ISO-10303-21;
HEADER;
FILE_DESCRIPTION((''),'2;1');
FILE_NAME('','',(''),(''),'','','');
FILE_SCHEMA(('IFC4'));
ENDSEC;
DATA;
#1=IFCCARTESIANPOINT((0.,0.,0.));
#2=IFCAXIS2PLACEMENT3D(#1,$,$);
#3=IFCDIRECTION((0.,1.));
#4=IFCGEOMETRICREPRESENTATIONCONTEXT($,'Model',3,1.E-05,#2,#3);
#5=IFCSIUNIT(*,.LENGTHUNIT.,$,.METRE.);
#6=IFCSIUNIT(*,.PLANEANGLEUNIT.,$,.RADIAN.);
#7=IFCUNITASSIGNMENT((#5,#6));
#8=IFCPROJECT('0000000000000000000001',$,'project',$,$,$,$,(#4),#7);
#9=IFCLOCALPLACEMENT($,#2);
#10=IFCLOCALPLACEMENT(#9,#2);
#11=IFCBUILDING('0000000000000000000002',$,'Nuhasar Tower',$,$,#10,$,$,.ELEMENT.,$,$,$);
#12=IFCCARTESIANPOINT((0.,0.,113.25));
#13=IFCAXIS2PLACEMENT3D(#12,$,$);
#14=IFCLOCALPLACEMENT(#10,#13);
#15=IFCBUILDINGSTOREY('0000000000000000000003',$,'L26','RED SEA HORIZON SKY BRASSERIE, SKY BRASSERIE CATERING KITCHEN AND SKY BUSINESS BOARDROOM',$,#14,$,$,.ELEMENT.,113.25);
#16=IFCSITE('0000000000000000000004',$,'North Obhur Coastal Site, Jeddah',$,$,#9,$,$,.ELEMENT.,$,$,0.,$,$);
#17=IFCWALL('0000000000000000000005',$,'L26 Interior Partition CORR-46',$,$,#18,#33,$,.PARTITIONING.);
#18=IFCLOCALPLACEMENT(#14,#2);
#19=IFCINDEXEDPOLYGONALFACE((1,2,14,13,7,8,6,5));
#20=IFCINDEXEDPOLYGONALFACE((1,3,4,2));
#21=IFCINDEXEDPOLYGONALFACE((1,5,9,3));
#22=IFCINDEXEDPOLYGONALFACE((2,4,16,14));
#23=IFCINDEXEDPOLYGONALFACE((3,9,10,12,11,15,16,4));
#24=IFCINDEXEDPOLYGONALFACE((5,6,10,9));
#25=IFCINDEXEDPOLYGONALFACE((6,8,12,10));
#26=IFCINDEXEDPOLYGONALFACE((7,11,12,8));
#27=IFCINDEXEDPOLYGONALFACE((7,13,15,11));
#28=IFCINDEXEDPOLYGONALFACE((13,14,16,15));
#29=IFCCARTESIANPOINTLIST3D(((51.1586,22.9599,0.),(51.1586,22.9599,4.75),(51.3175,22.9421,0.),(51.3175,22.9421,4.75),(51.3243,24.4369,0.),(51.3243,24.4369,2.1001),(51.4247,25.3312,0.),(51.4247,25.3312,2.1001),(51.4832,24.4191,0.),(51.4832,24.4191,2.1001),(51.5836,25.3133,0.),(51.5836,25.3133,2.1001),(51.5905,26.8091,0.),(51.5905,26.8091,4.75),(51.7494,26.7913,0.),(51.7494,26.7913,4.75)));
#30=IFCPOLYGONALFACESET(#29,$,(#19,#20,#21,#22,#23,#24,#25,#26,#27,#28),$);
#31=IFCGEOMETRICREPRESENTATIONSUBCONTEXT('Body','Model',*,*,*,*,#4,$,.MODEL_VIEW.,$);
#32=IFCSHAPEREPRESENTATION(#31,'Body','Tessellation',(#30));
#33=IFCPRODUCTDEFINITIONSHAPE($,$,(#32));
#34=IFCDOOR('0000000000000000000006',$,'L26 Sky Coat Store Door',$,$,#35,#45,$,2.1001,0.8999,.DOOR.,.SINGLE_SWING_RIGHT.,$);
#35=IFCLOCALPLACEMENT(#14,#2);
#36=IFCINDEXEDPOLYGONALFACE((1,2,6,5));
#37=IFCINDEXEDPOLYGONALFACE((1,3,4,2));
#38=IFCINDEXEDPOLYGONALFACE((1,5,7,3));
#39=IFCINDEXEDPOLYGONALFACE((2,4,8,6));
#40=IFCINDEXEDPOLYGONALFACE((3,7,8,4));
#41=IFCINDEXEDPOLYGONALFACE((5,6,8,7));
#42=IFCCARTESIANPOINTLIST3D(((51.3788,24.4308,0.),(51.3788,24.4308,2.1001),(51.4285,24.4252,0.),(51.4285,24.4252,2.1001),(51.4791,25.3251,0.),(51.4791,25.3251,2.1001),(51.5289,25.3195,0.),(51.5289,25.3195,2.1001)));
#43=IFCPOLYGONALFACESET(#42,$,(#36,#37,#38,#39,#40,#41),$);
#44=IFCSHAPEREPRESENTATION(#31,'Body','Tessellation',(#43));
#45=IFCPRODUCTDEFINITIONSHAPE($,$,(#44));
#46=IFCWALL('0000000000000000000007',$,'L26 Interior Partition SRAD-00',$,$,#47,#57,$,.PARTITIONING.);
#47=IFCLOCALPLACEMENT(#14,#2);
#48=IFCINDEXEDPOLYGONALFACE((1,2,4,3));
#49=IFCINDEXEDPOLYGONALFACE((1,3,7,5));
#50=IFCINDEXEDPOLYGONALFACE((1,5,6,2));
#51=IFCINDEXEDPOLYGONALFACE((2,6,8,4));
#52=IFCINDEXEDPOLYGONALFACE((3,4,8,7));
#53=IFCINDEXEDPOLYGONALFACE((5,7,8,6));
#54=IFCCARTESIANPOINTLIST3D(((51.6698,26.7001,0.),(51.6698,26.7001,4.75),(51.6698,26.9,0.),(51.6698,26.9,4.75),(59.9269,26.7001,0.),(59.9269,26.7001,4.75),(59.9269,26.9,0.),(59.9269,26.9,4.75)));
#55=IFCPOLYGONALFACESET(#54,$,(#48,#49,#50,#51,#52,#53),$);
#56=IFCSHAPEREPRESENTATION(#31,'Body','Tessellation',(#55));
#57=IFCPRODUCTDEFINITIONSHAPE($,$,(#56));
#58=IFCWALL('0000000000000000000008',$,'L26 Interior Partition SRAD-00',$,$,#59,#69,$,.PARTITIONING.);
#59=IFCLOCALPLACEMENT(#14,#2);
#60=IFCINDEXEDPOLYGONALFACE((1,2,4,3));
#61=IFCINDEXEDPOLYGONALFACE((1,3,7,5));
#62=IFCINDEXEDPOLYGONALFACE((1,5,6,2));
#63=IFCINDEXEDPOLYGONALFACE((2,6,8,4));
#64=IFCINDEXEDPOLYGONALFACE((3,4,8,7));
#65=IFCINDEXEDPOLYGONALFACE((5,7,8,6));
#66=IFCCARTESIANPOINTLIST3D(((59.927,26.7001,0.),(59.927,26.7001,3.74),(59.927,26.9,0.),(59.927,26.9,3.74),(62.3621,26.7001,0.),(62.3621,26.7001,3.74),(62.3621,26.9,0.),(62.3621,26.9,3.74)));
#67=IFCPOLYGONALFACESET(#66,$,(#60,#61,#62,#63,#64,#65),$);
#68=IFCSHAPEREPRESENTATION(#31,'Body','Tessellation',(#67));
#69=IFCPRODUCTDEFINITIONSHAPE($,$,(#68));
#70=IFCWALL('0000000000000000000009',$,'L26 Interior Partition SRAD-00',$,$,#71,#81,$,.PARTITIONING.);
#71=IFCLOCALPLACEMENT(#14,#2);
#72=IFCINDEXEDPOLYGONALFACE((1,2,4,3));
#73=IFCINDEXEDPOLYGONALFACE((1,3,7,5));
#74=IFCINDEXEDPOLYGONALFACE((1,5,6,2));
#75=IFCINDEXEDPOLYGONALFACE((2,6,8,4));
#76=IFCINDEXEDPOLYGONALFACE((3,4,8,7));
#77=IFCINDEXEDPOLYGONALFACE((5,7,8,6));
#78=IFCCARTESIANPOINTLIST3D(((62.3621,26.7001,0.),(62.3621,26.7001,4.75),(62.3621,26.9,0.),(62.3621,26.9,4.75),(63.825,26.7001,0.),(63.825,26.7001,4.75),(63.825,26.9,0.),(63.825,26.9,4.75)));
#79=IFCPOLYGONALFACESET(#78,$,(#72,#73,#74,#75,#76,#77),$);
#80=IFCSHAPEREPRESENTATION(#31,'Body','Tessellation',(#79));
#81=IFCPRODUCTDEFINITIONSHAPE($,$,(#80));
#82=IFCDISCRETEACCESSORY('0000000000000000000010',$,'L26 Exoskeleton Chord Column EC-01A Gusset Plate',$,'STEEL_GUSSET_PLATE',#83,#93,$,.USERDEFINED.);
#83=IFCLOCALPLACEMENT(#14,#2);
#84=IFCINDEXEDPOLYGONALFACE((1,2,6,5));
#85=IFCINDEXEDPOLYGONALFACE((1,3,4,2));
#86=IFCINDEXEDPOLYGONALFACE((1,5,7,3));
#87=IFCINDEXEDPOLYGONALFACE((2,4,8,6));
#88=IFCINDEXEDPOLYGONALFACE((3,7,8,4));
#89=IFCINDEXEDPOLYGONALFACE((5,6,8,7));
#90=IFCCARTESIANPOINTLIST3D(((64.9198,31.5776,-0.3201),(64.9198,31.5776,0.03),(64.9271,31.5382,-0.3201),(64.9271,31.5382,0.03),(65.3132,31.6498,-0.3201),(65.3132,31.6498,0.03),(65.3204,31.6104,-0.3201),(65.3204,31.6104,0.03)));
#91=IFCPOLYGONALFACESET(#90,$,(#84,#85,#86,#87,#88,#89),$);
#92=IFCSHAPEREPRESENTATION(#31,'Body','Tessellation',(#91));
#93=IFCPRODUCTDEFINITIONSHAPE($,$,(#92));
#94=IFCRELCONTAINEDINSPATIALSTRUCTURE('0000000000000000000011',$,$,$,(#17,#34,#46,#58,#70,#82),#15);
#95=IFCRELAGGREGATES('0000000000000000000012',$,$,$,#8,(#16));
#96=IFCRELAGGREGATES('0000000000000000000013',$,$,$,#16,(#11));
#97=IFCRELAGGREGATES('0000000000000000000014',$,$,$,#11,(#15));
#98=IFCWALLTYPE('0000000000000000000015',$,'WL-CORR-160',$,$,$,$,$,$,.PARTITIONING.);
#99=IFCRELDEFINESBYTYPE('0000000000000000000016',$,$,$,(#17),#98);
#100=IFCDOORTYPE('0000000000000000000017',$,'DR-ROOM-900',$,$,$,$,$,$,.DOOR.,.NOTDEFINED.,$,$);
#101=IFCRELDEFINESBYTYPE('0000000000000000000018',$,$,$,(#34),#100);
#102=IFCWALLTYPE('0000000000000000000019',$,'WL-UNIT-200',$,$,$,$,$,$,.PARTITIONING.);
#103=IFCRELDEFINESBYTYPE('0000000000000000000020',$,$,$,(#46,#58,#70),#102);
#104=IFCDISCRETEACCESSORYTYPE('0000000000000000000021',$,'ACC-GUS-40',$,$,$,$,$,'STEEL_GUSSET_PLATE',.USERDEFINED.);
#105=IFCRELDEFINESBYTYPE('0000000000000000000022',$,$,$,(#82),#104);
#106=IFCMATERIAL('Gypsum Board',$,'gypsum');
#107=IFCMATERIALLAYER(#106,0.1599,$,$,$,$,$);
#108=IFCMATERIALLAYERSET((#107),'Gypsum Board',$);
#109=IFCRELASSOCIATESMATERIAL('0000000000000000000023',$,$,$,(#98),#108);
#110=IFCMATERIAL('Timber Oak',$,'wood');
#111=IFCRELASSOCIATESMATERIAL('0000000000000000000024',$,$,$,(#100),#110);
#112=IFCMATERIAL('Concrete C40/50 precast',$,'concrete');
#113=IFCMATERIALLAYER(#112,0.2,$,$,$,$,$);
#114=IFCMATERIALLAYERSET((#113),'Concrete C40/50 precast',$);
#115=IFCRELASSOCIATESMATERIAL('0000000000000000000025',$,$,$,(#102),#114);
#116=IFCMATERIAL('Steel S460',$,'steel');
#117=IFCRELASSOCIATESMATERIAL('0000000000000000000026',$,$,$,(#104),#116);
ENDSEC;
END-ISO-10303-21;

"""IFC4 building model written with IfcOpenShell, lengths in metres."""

from ifc_helpers import new_model, si_unit, direction, frame, frame_2d, origin, origin_2d, place, context, subcontext, project, spatial, rectangle, extrude, material, layer, layer_set, type_object, element, fill, save


model = new_model("IFC4")

# Units and contexts
model_context = context("Model", 3, precision=1e-05, world=origin(), true_north=direction((0.0, 1.0)))
body_context = subcontext(model_context, "Body", "Model", "MODEL_VIEW")
ifc_project = project(units=[si_unit("LENGTHUNIT", "METRE"), si_unit("PLANEANGLEUNIT", "RADIAN")], contexts=[model_context])

# Site, building, storey
site_placement = place(None, origin())
site = spatial("IfcSite", under=ifc_project, at=site_placement, Name="North Obhur Coastal Site, Jeddah", CompositionType="ELEMENT", RefElevation=0.0)
building_placement = place(site_placement, origin())
building = spatial("IfcBuilding", under=site, at=building_placement, Name="Nuhasar Tower", CompositionType="ELEMENT")
storey_placement = place(building_placement, frame((0.0, 0.0, 113.25)))
storey = spatial("IfcBuildingStorey", under=building, at=storey_placement, Name="L26", Description="RED SEA HORIZON SKY BRASSERIE, SKY BRASSERIE CATERING KITCHEN AND SKY BUSINESS BOARDROOM", CompositionType="ELEMENT", Elevation=113.25)

# Shared definitions
ifc_material_1 = material(Name="Steel S460", Category="steel")

# Shared definitions
ifc_material_2 = material(Name="Gypsum Board", Category="gypsum")
ifc_layer_1 = layer(ifc_material_2, 0.1599)
ifc_layer_set_1 = layer_set([ifc_layer_1], Name="Gypsum Board")
wall_type_1 = type_object("IfcWallType", Name="WL-CORR-160", PredefinedType="PARTITIONING", material=ifc_layer_set_1)

# Wall, opening, door
wall_1_placement = place(storey_placement, frame((51.6699, 26.8, 0.0), z_axis=(0.0, 0.0, 1.0), x_axis=(-0.111504, -0.993764, 0.0)))
wall_1 = element("IfcWall", 1, at=wall_1_placement, inside=storey, type_object=wall_type_1, Name="L26 Interior Partition CORR-46", PredefinedType="PARTITIONING", context=body_context, shape_type="SweptSolid", body=[
    extrude(rectangle(XDim=3.8733, YDim=0.1599, at=frame_2d((1.9365, 0.0))), origin(), (0.0, 0.0, 1.0), 4.75),
])
opening_placement = place(wall_1_placement, frame((1.4871, 0.0, 0.0)))
opening = element("IfcOpeningElement", 2, at=opening_placement, cuts=wall_1, PredefinedType="OPENING", context=body_context, shape_type="SweptSolid", body=[
    extrude(rectangle(XDim=0.8999, YDim=2.1001, at=frame_2d((0.45, 1.05))), frame((0.0, 0.0898, 0.0), z_axis=(0.0, -1.0, 0.0), x_axis=(1.0, 0.0, 0.0)), (0.0, 0.0, 1.0), 0.1799),
])
ifc_material_3 = material(Name="Timber Oak", Category="wood")
door_type = type_object("IfcDoorType", Name="DR-ROOM-900", OperationType="NOTDEFINED", PredefinedType="DOOR", material=ifc_material_3)
door_placement = place(opening_placement, origin())
door = element("IfcDoor", 3, at=door_placement, inside=storey, type_object=door_type, Name="L26 Sky Coat Store Door", OperationType="SINGLE_SWING_RIGHT", OverallHeight=2.1001, OverallWidth=0.8999, PredefinedType="DOOR", context=body_context, shape_type="SweptSolid", body=[
    extrude(rectangle(XDim=0.8999, YDim=2.1001, at=frame_2d((0.45, 1.05))), frame((0.0, 0.0249, 0.0), z_axis=(0.0, -1.0, 0.0), x_axis=(1.0, 0.0, 0.0)), (0.0, 0.0, 1.0), 0.05),
])
fill(opening, door)

# Walls
ifc_material_4 = material(Name="Concrete C40/50 precast", Category="concrete")
ifc_layer_2 = layer(ifc_material_4, 0.2)
ifc_layer_set_2 = layer_set([ifc_layer_2], Name="Concrete C40/50 precast")
wall_type_2 = type_object("IfcWallType", Name="WL-UNIT-200", PredefinedType="PARTITIONING", material=ifc_layer_set_2)
wall_2_placement = place(storey_placement, frame((51.6699, 26.8, 0.0), z_axis=(0.0, 0.0, 1.0), x_axis=(1.0, 0.0, 0.0)))
element("IfcWall", 4, at=wall_2_placement, inside=storey, type_object=wall_type_2, Name="L26 Interior Partition SRAD-00", PredefinedType="PARTITIONING", context=body_context, shape_type="SweptSolid", body=[
    extrude(rectangle(XDim=8.2571, YDim=0.2, at=frame_2d((4.1284, 0.0))), origin(), (0.0, 0.0, 1.0), 4.75),
])
wall_3_placement = place(storey_placement, frame((59.927, 26.8, 0.0), z_axis=(0.0, 0.0, 1.0), x_axis=(1.0, 0.0, 0.0)))
element("IfcWall", 5, at=wall_3_placement, inside=storey, type_object=wall_type_2, Name="L26 Interior Partition SRAD-00", PredefinedType="PARTITIONING", context=body_context, shape_type="SweptSolid", body=[
    extrude(rectangle(XDim=2.4351, YDim=0.2, at=frame_2d((1.2175, 0.0))), origin(), (0.0, 0.0, 1.0), 3.74),
])
wall_4_placement = place(storey_placement, frame((62.3621, 26.8, 0.0), z_axis=(0.0, 0.0, 1.0), x_axis=(1.0, 0.0, 0.0)))
element("IfcWall", 6, at=wall_4_placement, inside=storey, type_object=wall_type_2, Name="L26 Interior Partition SRAD-00", PredefinedType="PARTITIONING", context=body_context, shape_type="SweptSolid", body=[
    extrude(rectangle(XDim=1.4629, YDim=0.2, at=frame_2d((0.7314, 0.0))), origin(), (0.0, 0.0, 1.0), 4.75),
])

# Discrete accessory
discrete_accessory_type = type_object("IfcDiscreteAccessoryType", Name="ACC-GUS-40", ElementType="STEEL_GUSSET_PLATE", PredefinedType="USERDEFINED", material=ifc_material_1)
discrete_accessory_placement = place(storey_placement, frame((65.1201, 31.594, -0.3201), z_axis=(0.0, 0.0, 1.0), x_axis=(0.983568, 0.180536, 0.0)))
element("IfcDiscreteAccessory", 7, at=discrete_accessory_placement, inside=storey, type_object=discrete_accessory_type, Name="L26 Exoskeleton Chord Column EC-01A Gusset Plate", ObjectType="STEEL_GUSSET_PLATE", PredefinedType="USERDEFINED", context=body_context, shape_type="SweptSolid", body=[
    extrude(rectangle(XDim=0.3999, YDim=0.04, at=origin_2d()), origin(), (0.0, 0.0, 1.0), 0.3501),
])

save(model, "model.ifc")
